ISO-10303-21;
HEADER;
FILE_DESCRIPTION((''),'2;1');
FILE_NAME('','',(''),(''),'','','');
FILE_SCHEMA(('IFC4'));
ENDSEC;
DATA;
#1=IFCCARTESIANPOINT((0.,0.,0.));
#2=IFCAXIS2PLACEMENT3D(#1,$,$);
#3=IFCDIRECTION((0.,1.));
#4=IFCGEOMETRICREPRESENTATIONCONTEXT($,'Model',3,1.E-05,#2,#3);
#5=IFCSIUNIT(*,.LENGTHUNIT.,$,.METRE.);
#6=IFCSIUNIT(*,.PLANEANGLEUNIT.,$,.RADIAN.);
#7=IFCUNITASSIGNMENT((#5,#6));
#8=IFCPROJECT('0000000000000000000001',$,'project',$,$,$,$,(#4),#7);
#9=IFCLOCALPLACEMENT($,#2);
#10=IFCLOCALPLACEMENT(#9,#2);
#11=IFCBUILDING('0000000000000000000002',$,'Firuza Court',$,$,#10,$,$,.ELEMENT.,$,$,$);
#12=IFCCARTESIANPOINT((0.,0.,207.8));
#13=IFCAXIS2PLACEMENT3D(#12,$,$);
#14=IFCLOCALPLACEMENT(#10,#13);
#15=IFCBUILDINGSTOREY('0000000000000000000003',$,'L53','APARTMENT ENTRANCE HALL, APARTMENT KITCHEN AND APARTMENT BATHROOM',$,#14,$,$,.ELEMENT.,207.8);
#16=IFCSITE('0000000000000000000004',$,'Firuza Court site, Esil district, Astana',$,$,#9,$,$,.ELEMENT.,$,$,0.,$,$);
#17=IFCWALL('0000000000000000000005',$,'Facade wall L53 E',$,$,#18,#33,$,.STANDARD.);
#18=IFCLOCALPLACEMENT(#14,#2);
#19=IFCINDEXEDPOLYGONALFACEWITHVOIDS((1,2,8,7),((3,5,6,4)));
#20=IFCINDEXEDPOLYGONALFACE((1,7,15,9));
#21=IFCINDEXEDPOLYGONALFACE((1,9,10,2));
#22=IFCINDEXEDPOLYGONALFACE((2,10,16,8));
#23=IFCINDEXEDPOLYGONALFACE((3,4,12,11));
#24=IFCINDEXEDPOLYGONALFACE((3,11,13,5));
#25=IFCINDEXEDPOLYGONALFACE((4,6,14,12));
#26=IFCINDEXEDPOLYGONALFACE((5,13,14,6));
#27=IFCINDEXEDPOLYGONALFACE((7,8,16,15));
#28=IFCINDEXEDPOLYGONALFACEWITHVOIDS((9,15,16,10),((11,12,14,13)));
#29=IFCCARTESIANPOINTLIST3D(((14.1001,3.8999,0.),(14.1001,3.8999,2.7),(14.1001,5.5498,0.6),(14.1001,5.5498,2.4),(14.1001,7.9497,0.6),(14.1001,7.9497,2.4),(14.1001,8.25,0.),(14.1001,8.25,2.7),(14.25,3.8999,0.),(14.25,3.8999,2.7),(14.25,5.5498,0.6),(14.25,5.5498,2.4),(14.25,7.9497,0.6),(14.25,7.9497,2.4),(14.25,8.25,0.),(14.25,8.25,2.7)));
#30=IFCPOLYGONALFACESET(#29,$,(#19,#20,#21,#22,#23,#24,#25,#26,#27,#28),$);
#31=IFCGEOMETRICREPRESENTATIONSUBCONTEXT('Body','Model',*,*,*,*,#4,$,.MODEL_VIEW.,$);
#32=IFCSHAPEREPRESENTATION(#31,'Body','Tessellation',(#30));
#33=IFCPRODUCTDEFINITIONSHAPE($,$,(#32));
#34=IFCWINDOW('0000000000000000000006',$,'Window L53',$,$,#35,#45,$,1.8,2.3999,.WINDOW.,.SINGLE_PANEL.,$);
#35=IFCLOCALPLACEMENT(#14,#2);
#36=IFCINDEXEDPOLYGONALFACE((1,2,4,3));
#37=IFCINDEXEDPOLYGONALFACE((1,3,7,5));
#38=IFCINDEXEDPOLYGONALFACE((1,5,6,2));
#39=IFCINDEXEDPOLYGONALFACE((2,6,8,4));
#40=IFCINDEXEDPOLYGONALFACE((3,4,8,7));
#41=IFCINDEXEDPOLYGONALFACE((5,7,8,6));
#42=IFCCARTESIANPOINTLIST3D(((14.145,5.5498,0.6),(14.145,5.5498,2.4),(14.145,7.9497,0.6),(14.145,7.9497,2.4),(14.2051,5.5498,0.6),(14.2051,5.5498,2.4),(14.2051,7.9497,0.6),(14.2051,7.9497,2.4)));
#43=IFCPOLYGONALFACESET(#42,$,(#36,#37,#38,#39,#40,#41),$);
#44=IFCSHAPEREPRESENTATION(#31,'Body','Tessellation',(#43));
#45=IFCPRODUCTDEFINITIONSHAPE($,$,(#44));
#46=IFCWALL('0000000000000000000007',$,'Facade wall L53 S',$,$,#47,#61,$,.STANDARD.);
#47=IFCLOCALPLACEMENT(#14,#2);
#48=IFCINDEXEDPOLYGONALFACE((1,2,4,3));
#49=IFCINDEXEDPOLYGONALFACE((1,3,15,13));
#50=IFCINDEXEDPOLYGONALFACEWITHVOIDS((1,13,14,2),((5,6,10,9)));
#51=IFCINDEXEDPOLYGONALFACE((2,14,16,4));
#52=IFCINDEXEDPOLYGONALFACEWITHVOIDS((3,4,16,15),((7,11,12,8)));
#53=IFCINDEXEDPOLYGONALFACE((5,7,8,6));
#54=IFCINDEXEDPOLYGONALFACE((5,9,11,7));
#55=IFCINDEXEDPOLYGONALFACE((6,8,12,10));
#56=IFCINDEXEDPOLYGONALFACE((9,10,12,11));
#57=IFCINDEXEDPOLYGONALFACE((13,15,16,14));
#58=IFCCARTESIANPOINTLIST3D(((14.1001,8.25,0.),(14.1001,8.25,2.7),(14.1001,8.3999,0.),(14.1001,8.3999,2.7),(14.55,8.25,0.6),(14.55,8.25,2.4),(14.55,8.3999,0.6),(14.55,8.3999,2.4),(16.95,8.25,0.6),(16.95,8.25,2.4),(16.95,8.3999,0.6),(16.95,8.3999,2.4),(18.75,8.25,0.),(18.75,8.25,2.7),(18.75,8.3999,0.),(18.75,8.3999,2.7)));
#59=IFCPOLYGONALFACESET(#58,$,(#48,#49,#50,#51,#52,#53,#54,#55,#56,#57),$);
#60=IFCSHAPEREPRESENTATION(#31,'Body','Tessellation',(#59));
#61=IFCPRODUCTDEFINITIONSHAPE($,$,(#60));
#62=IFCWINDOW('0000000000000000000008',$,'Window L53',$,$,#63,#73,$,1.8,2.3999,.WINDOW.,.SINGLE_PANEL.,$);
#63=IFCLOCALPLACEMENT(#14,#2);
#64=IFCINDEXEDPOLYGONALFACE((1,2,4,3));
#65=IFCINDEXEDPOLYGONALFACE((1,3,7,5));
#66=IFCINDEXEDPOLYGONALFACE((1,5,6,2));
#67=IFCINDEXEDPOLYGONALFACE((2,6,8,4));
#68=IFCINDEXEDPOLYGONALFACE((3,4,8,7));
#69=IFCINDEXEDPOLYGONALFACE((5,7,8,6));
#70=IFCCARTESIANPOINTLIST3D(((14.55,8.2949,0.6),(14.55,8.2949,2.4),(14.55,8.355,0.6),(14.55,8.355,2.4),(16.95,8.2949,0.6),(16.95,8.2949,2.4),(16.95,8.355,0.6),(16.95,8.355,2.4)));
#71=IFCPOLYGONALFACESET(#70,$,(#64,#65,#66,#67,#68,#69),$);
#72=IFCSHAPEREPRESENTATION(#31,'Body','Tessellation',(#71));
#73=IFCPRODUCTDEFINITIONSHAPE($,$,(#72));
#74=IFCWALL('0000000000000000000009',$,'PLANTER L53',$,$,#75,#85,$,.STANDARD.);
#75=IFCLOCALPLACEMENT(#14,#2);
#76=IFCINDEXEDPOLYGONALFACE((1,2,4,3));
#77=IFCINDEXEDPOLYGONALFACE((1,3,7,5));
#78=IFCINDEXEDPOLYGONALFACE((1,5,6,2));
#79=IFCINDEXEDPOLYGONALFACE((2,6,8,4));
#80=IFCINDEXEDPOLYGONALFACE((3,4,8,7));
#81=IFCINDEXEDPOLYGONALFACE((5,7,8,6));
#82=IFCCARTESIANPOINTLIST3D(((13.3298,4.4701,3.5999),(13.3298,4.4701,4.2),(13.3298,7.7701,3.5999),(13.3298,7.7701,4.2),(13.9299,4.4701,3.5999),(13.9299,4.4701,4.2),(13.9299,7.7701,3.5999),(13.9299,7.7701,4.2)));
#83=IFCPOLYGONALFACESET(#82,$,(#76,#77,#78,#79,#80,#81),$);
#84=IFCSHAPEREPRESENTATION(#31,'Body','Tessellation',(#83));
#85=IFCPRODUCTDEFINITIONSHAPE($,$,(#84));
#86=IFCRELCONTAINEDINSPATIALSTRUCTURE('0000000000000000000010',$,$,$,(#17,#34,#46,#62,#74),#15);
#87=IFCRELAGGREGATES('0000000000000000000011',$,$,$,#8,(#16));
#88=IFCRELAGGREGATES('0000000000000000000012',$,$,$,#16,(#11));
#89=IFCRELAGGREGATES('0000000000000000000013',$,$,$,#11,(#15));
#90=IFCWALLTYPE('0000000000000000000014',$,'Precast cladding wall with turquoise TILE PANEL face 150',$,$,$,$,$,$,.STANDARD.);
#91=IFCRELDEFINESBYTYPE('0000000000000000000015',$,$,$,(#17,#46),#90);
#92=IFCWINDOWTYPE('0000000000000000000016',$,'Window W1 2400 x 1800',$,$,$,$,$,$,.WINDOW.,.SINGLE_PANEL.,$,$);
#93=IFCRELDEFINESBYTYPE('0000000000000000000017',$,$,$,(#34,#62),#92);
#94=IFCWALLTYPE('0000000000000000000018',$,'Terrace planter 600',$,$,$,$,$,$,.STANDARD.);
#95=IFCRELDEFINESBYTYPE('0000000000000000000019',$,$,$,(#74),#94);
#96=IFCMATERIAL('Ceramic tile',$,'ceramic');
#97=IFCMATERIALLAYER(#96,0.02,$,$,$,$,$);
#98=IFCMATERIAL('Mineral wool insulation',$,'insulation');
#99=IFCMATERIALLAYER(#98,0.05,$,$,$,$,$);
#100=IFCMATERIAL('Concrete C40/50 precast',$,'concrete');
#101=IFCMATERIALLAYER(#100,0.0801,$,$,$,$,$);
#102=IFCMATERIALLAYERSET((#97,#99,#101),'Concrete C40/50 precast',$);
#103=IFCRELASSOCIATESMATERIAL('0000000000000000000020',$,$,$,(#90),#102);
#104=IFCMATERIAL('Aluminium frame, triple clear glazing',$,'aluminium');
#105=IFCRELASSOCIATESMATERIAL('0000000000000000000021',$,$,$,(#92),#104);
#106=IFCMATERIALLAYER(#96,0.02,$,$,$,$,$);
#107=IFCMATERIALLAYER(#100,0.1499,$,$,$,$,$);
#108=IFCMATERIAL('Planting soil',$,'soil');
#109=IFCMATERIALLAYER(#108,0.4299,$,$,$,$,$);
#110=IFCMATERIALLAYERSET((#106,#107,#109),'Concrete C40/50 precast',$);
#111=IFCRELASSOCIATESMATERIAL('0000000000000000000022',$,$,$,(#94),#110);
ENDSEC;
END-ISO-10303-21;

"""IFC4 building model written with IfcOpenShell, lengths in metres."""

from ifc_helpers import new_model, si_unit, direction, frame, frame_2d, origin, place, context, subcontext, project, spatial, rectangle, extrude, material, layer, layer_set, type_object, element, fill, save


model = new_model("IFC4")

# Units and contexts
model_context = context("Model", 3, precision=1e-05, world=origin(), true_north=direction((0.0, 1.0)))
body_context = subcontext(model_context, "Body", "Model", "MODEL_VIEW")
ifc_project = project(units=[si_unit("LENGTHUNIT", "METRE"), si_unit("PLANEANGLEUNIT", "RADIAN")], contexts=[model_context])

# Site, building, storey
site_placement = place(None, origin())
site = spatial("IfcSite", under=ifc_project, at=site_placement, Name="Firuza Court site, Esil district, Astana", CompositionType="ELEMENT", RefElevation=0.0)
building_placement = place(site_placement, origin())
building = spatial("IfcBuilding", under=site, at=building_placement, Name="Firuza Court", CompositionType="ELEMENT")
storey_placement = place(building_placement, frame((0.0, 0.0, 207.8)))
storey = spatial("IfcBuildingStorey", under=building, at=storey_placement, Name="L53", Description="APARTMENT ENTRANCE HALL, APARTMENT KITCHEN AND APARTMENT BATHROOM", CompositionType="ELEMENT", Elevation=207.8)

# Shared definitions
ifc_material_1 = material(Name="Ceramic tile", Category="ceramic")
ifc_layer_1 = layer(ifc_material_1, 0.02)
ifc_material_2 = material(Name="Mineral wool insulation", Category="insulation")
ifc_layer_2 = layer(ifc_material_2, 0.05)
ifc_material_3 = material(Name="Concrete C40/50 precast", Category="concrete")
ifc_layer_3 = layer(ifc_material_3, 0.0801)
ifc_layer_set_1 = layer_set([ifc_layer_1, ifc_layer_2, ifc_layer_3], Name="Concrete C40/50 precast")
wall_type_1 = type_object("IfcWallType", Name="Precast cladding wall with turquoise TILE PANEL face 150", PredefinedType="STANDARD", material=ifc_layer_set_1)

# Walls, openings, windows
wall_1_placement = place(storey_placement, frame((14.175, 3.8999, 0.0), z_axis=(0.0, 0.0, 1.0), x_axis=(0.0, 1.0, 0.0)))
wall_1 = element("IfcWall", 1, at=wall_1_placement, inside=storey, type_object=wall_type_1, Name="Facade wall L53 E", PredefinedType="STANDARD", context=body_context, shape_type="SweptSolid", body=[
    extrude(rectangle(XDim=4.3501, YDim=0.1499, at=frame_2d((2.175, 0.0))), origin(), (0.0, 0.0, 1.0), 2.7),
])
opening_1_placement = place(wall_1_placement, frame((1.6499, 0.0, 0.6001)))
opening_1 = element("IfcOpeningElement", 2, at=opening_1_placement, cuts=wall_1, PredefinedType="OPENING", context=body_context, shape_type="SweptSolid", body=[
    extrude(rectangle(XDim=2.3999, YDim=1.8, at=frame_2d((1.2, 0.8999))), frame((0.0, 0.0869, 0.0), z_axis=(0.0, -1.0, 0.0), x_axis=(1.0, 0.0, 0.0)), (0.0, 0.0, 1.0), 0.1738),
])
ifc_material_4 = material(Name="Aluminium frame, triple clear glazing", Category="aluminium")
window_type = type_object("IfcWindowType", Name="Window W1 2400 x 1800", PartitioningType="SINGLE_PANEL", PredefinedType="WINDOW", material=ifc_material_4)
window_1_placement = place(opening_1_placement, origin())
window_1 = element("IfcWindow", 3, at=window_1_placement, inside=storey, type_object=window_type, Name="Window L53", OverallHeight=1.8, OverallWidth=2.3999, PartitioningType="SINGLE_PANEL", PredefinedType="WINDOW", context=body_context, shape_type="SweptSolid", body=[
    extrude(rectangle(XDim=2.3999, YDim=1.8, at=frame_2d((1.2, 0.8999))), frame((0.0, 0.03, 0.0), z_axis=(0.0, -1.0, 0.0), x_axis=(1.0, 0.0, 0.0)), (0.0, 0.0, 1.0), 0.0601),
])
fill(opening_1, window_1)
wall_2_placement = place(storey_placement, frame((14.1001, 8.325, 0.0), z_axis=(0.0, 0.0, 1.0), x_axis=(1.0, 0.0, 0.0)))
wall_2 = element("IfcWall", 4, at=wall_2_placement, inside=storey, type_object=wall_type_1, Name="Facade wall L53 S", PredefinedType="STANDARD", context=body_context, shape_type="SweptSolid", body=[
    extrude(rectangle(XDim=4.6499, YDim=0.1499, at=frame_2d((2.325, 0.0))), origin(), (0.0, 0.0, 1.0), 2.7),
])
opening_2_placement = place(wall_2_placement, frame((0.45, 0.0, 0.6001)))
opening_2 = element("IfcOpeningElement", 5, at=opening_2_placement, cuts=wall_2, PredefinedType="OPENING", context=body_context, shape_type="SweptSolid", body=[
    extrude(rectangle(XDim=2.3999, YDim=1.8, at=frame_2d((1.2, 0.8999))), frame((0.0, 0.0869, 0.0), z_axis=(0.0, -1.0, 0.0), x_axis=(1.0, 0.0, 0.0)), (0.0, 0.0, 1.0), 0.1738),
])
window_2_placement = place(opening_2_placement, origin())
window_2 = element("IfcWindow", 6, at=window_2_placement, inside=storey, type_object=window_type, Name="Window L53", OverallHeight=1.8, OverallWidth=2.3999, PartitioningType="SINGLE_PANEL", PredefinedType="WINDOW", context=body_context, shape_type="SweptSolid", body=[
    extrude(rectangle(XDim=2.3999, YDim=1.8, at=frame_2d((1.2, 0.8999))), frame((0.0, 0.03, 0.0), z_axis=(0.0, -1.0, 0.0), x_axis=(1.0, 0.0, 0.0)), (0.0, 0.0, 1.0), 0.0601),
])
fill(opening_2, window_2)

# Wall
ifc_layer_4 = layer(ifc_material_1, 0.02)
ifc_layer_5 = layer(ifc_material_3, 0.1499)
ifc_material_5 = material(Name="Planting soil", Category="soil")
ifc_layer_6 = layer(ifc_material_5, 0.4299)
ifc_layer_set_2 = layer_set([ifc_layer_4, ifc_layer_5, ifc_layer_6], Name="Concrete C40/50 precast")
wall_type_2 = type_object("IfcWallType", Name="Terrace planter 600", PredefinedType="STANDARD", material=ifc_layer_set_2)
wall_3_placement = place(storey_placement, frame((13.6299, 7.77, 3.5999), z_axis=(0.0, 0.0, 1.0), x_axis=(0.0, -1.0, 0.0)))
element("IfcWall", 7, at=wall_3_placement, inside=storey, type_object=wall_type_2, Name="PLANTER L53", PredefinedType="STANDARD", context=body_context, shape_type="SweptSolid", body=[
    extrude(rectangle(XDim=3.3, YDim=0.6001, at=frame_2d((1.6499, 0.0))), origin(), (0.0, 0.0, 1.0), 0.6001),
])

save(model, "model.ifc")
